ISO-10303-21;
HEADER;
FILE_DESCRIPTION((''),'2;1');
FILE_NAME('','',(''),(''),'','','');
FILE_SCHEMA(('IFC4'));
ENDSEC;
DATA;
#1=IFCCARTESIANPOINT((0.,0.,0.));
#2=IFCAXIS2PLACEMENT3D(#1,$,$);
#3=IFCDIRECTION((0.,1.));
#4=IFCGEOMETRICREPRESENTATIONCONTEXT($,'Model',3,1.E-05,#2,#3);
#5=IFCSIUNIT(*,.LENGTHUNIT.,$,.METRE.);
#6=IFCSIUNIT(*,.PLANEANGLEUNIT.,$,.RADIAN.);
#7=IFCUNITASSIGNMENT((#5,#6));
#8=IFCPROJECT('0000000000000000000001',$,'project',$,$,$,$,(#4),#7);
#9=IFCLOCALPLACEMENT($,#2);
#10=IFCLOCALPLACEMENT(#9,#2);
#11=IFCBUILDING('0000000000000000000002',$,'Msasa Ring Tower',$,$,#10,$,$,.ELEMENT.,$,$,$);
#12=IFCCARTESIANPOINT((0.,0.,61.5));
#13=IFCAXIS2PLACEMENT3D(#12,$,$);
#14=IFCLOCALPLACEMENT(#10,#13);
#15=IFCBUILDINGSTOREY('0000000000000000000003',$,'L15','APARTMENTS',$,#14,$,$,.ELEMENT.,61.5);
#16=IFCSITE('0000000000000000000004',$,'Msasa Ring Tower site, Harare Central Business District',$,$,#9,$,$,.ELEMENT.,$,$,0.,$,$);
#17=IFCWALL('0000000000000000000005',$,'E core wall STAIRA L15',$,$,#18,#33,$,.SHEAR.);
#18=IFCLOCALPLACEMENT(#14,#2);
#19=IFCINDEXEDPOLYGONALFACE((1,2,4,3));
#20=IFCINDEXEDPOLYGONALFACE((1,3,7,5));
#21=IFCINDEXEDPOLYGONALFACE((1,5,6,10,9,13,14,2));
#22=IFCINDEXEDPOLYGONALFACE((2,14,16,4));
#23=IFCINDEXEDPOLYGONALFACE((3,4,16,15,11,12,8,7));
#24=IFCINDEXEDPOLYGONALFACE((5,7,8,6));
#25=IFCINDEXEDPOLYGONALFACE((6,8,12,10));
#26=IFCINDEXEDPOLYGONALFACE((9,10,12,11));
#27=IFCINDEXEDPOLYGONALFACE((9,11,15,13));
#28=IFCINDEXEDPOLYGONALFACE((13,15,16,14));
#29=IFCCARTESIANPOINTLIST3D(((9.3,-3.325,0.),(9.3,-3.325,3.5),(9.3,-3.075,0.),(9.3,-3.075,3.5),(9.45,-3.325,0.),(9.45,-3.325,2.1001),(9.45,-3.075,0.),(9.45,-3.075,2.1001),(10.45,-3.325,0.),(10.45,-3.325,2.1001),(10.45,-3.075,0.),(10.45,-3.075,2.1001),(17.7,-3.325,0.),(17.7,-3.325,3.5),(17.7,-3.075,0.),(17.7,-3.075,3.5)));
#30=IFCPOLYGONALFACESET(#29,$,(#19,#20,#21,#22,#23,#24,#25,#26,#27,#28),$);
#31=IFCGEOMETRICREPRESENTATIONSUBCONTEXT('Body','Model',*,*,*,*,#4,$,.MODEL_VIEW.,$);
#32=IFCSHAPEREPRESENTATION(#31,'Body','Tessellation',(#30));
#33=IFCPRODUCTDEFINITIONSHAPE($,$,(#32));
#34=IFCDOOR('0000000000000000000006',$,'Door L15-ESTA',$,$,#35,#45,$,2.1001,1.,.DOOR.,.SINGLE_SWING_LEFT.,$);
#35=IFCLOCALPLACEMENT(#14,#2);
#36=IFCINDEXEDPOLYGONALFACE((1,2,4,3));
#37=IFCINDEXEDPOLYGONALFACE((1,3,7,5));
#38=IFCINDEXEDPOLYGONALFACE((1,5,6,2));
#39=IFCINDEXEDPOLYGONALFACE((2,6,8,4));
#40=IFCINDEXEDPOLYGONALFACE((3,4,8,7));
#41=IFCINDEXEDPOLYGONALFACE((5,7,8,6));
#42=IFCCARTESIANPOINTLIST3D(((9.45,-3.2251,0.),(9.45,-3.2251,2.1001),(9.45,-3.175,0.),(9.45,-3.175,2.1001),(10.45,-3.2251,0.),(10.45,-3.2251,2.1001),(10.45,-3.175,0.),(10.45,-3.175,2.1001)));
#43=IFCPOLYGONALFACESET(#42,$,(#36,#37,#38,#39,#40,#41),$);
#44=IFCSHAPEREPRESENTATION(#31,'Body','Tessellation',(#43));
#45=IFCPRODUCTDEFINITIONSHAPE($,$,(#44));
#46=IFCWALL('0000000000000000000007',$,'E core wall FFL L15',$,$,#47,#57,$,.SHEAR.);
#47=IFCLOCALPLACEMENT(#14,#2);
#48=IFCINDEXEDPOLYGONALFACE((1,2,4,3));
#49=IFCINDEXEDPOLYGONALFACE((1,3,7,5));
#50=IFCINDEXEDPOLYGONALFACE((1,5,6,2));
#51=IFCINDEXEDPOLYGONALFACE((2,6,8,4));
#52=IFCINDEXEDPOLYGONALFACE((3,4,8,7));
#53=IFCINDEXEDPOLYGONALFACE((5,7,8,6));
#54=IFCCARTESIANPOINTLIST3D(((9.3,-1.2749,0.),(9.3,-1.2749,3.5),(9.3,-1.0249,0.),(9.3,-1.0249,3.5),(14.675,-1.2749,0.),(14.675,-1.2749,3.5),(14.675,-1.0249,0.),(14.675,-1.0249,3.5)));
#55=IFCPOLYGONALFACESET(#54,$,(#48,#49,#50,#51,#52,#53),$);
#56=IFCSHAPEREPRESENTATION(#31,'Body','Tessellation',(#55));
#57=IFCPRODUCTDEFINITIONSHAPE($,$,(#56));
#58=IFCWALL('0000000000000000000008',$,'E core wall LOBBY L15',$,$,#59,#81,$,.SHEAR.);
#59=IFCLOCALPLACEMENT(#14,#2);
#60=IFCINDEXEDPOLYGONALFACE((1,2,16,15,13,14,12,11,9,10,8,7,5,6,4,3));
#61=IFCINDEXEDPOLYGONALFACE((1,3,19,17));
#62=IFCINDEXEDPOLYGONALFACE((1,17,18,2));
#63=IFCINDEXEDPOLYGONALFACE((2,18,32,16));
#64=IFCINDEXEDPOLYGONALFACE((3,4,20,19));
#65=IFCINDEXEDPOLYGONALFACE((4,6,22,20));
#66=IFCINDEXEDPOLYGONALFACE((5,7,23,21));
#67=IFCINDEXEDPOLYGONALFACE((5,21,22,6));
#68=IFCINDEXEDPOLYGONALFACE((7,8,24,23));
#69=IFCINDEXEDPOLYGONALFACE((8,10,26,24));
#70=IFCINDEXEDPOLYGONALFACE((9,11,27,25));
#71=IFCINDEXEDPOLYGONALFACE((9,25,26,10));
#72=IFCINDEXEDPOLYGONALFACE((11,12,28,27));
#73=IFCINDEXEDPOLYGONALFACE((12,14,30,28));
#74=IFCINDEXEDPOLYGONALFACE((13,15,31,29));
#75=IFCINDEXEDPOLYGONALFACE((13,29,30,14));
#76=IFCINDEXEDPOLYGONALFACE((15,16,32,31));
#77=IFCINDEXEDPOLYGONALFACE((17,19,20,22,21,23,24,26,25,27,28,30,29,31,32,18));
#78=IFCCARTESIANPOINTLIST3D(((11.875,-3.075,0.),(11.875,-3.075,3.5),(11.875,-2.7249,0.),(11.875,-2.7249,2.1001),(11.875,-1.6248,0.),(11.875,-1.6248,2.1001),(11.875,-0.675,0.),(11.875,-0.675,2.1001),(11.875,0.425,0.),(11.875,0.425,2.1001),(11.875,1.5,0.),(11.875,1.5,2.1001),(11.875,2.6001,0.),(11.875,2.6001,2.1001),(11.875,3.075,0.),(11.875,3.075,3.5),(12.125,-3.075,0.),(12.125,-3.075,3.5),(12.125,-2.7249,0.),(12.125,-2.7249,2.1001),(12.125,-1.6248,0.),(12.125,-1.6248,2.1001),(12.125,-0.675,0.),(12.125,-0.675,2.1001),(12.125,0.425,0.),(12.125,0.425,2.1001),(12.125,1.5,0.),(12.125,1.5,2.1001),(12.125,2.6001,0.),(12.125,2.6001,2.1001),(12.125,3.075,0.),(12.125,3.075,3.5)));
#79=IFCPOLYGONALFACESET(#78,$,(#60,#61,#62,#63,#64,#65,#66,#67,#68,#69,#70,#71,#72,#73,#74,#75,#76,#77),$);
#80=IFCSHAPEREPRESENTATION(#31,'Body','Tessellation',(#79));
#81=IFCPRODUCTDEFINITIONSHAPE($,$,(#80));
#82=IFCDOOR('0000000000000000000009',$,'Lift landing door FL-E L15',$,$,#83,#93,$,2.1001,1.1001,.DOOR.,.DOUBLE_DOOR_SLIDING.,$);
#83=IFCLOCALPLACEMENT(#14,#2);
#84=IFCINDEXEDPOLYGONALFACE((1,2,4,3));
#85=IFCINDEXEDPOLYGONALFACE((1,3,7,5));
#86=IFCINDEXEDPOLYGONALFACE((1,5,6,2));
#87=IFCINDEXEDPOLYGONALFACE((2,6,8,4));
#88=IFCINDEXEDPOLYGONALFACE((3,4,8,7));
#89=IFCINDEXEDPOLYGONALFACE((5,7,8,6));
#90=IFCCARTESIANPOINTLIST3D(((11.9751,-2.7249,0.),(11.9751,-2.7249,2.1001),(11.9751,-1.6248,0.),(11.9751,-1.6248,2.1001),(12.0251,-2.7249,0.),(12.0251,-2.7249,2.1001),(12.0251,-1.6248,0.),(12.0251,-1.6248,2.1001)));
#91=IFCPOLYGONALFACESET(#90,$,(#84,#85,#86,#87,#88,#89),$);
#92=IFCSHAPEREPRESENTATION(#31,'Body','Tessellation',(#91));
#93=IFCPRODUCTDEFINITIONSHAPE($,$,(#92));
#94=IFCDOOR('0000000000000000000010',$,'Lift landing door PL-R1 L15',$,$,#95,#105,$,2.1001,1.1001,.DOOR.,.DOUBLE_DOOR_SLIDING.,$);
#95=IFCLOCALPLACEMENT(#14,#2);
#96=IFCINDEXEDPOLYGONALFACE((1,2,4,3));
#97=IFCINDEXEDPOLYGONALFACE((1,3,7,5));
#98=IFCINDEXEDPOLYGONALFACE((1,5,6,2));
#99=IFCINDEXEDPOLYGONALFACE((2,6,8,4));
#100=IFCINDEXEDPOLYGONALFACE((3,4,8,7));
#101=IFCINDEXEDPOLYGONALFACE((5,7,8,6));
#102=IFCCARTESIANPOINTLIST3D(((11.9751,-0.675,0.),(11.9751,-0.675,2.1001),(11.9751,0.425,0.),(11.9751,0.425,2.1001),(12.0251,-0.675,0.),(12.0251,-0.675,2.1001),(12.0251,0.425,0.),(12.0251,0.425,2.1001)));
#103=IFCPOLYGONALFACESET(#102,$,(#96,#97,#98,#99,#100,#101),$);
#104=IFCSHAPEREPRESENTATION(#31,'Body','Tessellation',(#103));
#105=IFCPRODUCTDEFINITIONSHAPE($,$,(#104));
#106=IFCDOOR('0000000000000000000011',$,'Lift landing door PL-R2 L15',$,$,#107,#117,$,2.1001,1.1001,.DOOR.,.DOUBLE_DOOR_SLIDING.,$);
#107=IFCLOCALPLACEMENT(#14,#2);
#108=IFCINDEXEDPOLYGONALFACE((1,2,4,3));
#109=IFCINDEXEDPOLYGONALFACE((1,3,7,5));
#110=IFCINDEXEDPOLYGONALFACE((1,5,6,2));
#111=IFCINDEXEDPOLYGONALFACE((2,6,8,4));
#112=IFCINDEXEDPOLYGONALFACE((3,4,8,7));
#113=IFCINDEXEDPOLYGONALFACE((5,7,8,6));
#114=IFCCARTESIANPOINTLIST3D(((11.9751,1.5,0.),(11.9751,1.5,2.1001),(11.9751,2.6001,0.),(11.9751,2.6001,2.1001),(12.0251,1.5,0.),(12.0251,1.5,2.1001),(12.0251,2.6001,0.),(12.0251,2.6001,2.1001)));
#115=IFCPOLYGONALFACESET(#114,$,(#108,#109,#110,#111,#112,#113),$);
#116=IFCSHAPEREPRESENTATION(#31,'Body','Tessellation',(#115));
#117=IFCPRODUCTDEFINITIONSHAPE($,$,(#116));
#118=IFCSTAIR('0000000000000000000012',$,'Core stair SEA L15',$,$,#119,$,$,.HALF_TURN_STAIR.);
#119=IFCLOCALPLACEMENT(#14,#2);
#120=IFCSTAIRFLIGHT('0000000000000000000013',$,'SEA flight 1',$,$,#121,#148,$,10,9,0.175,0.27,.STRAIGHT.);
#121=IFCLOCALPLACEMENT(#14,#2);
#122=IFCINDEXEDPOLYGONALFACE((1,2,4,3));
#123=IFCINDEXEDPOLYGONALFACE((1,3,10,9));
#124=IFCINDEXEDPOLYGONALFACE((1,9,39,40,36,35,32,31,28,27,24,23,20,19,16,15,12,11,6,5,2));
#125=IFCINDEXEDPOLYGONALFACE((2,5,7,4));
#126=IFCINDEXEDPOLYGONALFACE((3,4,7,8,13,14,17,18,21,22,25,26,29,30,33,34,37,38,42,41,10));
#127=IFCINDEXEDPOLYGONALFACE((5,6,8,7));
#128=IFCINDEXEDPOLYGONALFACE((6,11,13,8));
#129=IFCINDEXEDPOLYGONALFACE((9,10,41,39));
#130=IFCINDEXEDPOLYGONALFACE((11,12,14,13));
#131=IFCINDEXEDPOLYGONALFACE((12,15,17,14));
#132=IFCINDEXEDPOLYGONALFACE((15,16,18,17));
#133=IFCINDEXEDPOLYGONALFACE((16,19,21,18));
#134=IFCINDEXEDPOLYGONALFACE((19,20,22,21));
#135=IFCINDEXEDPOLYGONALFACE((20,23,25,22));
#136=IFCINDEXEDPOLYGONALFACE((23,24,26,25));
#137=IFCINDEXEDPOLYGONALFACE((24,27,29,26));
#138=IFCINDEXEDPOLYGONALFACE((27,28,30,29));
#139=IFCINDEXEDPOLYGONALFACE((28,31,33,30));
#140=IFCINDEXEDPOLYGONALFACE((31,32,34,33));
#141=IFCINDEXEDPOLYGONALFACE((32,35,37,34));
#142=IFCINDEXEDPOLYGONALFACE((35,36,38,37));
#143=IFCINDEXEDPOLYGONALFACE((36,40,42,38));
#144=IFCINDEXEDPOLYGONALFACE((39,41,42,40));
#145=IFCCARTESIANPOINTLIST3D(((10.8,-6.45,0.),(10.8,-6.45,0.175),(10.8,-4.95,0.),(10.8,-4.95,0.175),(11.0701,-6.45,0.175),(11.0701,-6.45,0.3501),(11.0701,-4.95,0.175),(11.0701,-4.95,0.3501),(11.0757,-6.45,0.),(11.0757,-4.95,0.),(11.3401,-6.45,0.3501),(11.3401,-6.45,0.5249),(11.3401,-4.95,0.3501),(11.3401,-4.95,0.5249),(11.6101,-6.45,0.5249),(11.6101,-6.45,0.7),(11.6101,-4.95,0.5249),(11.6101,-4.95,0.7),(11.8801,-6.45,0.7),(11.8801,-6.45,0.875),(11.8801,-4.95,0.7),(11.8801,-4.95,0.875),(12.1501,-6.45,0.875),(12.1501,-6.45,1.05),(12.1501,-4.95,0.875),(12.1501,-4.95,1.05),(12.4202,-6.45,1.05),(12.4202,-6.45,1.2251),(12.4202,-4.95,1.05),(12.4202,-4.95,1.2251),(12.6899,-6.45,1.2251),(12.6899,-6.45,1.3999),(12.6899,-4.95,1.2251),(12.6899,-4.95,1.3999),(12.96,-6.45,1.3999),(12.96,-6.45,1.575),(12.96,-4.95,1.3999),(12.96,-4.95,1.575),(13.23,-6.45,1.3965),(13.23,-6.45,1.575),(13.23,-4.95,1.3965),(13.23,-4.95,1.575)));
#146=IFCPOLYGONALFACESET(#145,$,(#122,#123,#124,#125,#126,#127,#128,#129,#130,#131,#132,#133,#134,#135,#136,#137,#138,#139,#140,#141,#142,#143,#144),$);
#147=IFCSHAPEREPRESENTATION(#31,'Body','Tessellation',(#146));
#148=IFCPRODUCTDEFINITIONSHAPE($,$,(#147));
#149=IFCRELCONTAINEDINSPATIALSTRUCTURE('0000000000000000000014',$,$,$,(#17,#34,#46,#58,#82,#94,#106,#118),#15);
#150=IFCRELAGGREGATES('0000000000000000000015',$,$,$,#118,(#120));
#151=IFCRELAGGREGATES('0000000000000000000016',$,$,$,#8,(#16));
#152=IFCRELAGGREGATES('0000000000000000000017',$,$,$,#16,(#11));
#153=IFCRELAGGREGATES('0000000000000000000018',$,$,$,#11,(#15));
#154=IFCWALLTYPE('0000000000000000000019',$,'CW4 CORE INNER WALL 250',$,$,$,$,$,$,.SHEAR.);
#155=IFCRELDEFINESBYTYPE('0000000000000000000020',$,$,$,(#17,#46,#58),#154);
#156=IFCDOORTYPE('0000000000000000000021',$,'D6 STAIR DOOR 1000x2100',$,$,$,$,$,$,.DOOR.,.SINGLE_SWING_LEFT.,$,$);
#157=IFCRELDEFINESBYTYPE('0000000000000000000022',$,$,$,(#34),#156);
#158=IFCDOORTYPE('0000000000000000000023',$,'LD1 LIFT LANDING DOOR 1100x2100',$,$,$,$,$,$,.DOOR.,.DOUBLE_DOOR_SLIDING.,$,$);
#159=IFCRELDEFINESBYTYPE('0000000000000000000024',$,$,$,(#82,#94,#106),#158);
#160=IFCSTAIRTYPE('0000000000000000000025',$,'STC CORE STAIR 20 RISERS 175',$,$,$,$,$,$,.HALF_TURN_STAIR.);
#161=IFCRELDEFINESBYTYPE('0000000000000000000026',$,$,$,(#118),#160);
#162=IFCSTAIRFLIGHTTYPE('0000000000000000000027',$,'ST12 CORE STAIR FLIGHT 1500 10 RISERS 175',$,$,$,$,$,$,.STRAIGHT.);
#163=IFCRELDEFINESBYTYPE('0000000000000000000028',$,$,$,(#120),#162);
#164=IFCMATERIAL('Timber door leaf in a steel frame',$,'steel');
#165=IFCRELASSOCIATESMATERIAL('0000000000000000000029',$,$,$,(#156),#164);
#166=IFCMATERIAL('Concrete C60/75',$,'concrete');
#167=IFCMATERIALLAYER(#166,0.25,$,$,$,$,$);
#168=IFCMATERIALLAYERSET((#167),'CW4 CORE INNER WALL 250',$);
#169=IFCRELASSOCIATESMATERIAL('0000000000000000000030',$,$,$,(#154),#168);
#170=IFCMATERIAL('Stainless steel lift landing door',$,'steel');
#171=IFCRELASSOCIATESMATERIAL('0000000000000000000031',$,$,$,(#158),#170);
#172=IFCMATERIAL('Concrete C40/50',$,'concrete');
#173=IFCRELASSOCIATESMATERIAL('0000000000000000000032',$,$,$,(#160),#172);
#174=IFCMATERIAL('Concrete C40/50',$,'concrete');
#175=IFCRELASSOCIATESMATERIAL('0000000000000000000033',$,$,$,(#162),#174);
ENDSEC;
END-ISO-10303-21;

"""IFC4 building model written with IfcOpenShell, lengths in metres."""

from ifc_helpers import new_model, si_unit, direction, frame, frame_2d, origin, place, context, subcontext, project, spatial, polyline, rectangle, outline, extrude, material, layer, layer_set, type_object, element, fill, aggregate, save


model = new_model("IFC4")

# Units and contexts
model_context = context("Model", 3, precision=1e-05, world=origin(), true_north=direction((0.0, 1.0)))
body_context = subcontext(model_context, "Body", "Model", "MODEL_VIEW")
ifc_project = project(units=[si_unit("LENGTHUNIT", "METRE"), si_unit("PLANEANGLEUNIT", "RADIAN")], contexts=[model_context])

# Site, building, storey
site_placement = place(None, origin())
site = spatial("IfcSite", under=ifc_project, at=site_placement, Name="Msasa Ring Tower site, Harare Central Business District", CompositionType="ELEMENT", RefElevation=0.0)
building_placement = place(site_placement, origin())
building = spatial("IfcBuilding", under=site, at=building_placement, Name="Msasa Ring Tower", CompositionType="ELEMENT")
storey_placement = place(building_placement, frame((0.0, 0.0, 61.5)))
storey = spatial("IfcBuildingStorey", under=building, at=storey_placement, Name="L15", Description="APARTMENTS", CompositionType="ELEMENT", Elevation=61.5)

# Shared definitions
ifc_material_1 = material(Name="Timber door leaf in a steel frame", Category="steel")
door_type_1 = type_object("IfcDoorType", Name="D6 STAIR DOOR 1000x2100", OperationType="SINGLE_SWING_LEFT", PredefinedType="DOOR", material=ifc_material_1)

# Wall, opening, door
ifc_material_2 = material(Name="Concrete C60/75", Category="concrete")
ifc_layer_1 = layer(ifc_material_2, 0.25)
ifc_layer_set_1 = layer_set([ifc_layer_1], Name="CW4 CORE INNER WALL 250")
wall_type_1 = type_object("IfcWallType", Name="CW4 CORE INNER WALL 250", PredefinedType="SHEAR", material=ifc_layer_set_1)
wall_1_placement = place(storey_placement, frame((9.3, -3.2, 0.0), z_axis=(0.0, 0.0, 1.0), x_axis=(1.0, 0.0, 0.0)))
wall_1 = element("IfcWall", 1, at=wall_1_placement, inside=storey, type_object=wall_type_1, Name="E core wall STAIRA L15", PredefinedType="SHEAR", context=body_context, shape_type="SweptSolid", body=[
    extrude(rectangle(XDim=8.3999, YDim=0.25, at=frame_2d((4.2, 0.0))), origin(), (0.0, 0.0, 1.0), 3.5),
])
opening_1_placement = place(wall_1_placement, frame((0.1499, 0.0, 0.0)))
opening_1 = element("IfcOpeningElement", 2, at=opening_1_placement, cuts=wall_1, PredefinedType="OPENING", context=body_context, shape_type="SweptSolid", body=[
    extrude(rectangle(XDim=1.0, YDim=2.1001, at=frame_2d((0.5, 1.05))), frame((0.0, 0.135, 0.0), z_axis=(0.0, -1.0, 0.0), x_axis=(1.0, 0.0, 0.0)), (0.0, 0.0, 1.0), 0.27),
])
door_1_placement = place(opening_1_placement, origin())
door_1 = element("IfcDoor", 3, at=door_1_placement, inside=storey, type_object=door_type_1, Name="Door L15-ESTA", OperationType="SINGLE_SWING_LEFT", OverallHeight=2.1001, OverallWidth=1.0, PredefinedType="DOOR", context=body_context, shape_type="SweptSolid", body=[
    extrude(rectangle(XDim=1.0, YDim=2.1001, at=frame_2d((0.5, 1.05))), frame((0.0, 0.0249, 0.0), z_axis=(0.0, -1.0, 0.0), x_axis=(1.0, 0.0, 0.0)), (0.0, 0.0, 1.0), 0.05),
])
fill(opening_1, door_1)

# Wall
wall_2_placement = place(storey_placement, frame((9.3, -1.1499, 0.0), z_axis=(0.0, 0.0, 1.0), x_axis=(1.0, 0.0, 0.0)))
element("IfcWall", 4, at=wall_2_placement, inside=storey, type_object=wall_type_1, Name="E core wall FFL L15", PredefinedType="SHEAR", context=body_context, shape_type="SweptSolid", body=[
    extrude(rectangle(XDim=5.375, YDim=0.25, at=frame_2d((2.6875, 0.0))), origin(), (0.0, 0.0, 1.0), 3.5),
])

# Wall, openings, doors
wall_3_placement = place(storey_placement, frame((12.0, -3.075, 0.0), z_axis=(0.0, 0.0, 1.0), x_axis=(0.0, 1.0, 0.0)))
wall_3 = element("IfcWall", 5, at=wall_3_placement, inside=storey, type_object=wall_type_1, Name="E core wall LOBBY L15", PredefinedType="SHEAR", context=body_context, shape_type="SweptSolid", body=[
    extrude(rectangle(XDim=6.1499, YDim=0.25, at=frame_2d((3.075, 0.0))), origin(), (0.0, 0.0, 1.0), 3.5),
])
opening_2_placement = place(wall_3_placement, frame((0.3501, 0.0, 0.0)))
opening_2 = element("IfcOpeningElement", 6, at=opening_2_placement, cuts=wall_3, PredefinedType="OPENING", context=body_context, shape_type="SweptSolid", body=[
    extrude(rectangle(XDim=1.1001, YDim=2.1001, at=frame_2d((0.55, 1.05))), frame((0.0, 0.135, 0.0), z_axis=(0.0, -1.0, 0.0), x_axis=(1.0, 0.0, 0.0)), (0.0, 0.0, 1.0), 0.27),
])
opening_3_placement = place(wall_3_placement, frame((2.3999, 0.0, 0.0)))
opening_3 = element("IfcOpeningElement", 7, at=opening_3_placement, cuts=wall_3, PredefinedType="OPENING", context=body_context, shape_type="SweptSolid", body=[
    extrude(rectangle(XDim=1.1001, YDim=2.1001, at=frame_2d((0.55, 1.05))), frame((0.0, 0.135, 0.0), z_axis=(0.0, -1.0, 0.0), x_axis=(1.0, 0.0, 0.0)), (0.0, 0.0, 1.0), 0.27),
])
opening_4_placement = place(wall_3_placement, frame((4.575, 0.0, 0.0)))
opening_4 = element("IfcOpeningElement", 8, at=opening_4_placement, cuts=wall_3, PredefinedType="OPENING", context=body_context, shape_type="SweptSolid", body=[
    extrude(rectangle(XDim=1.1001, YDim=2.1001, at=frame_2d((0.55, 1.05))), frame((0.0, 0.135, 0.0), z_axis=(0.0, -1.0, 0.0), x_axis=(1.0, 0.0, 0.0)), (0.0, 0.0, 1.0), 0.27),
])
ifc_material_3 = material(Name="Stainless steel lift landing door", Category="steel")
door_type_2 = type_object("IfcDoorType", Name="LD1 LIFT LANDING DOOR 1100x2100", OperationType="DOUBLE_DOOR_SLIDING", PredefinedType="DOOR", material=ifc_material_3)
door_2_placement = place(opening_2_placement, origin())
door_2 = element("IfcDoor", 9, at=door_2_placement, inside=storey, type_object=door_type_2, Name="Lift landing door FL-E L15", OperationType="DOUBLE_DOOR_SLIDING", OverallHeight=2.1001, OverallWidth=1.1001, PredefinedType="DOOR", context=body_context, shape_type="SweptSolid", body=[
    extrude(rectangle(XDim=1.1001, YDim=2.1001, at=frame_2d((0.55, 1.05))), frame((0.0, 0.0249, 0.0), z_axis=(0.0, -1.0, 0.0), x_axis=(1.0, 0.0, 0.0)), (0.0, 0.0, 1.0), 0.05),
])
fill(opening_2, door_2)
door_3_placement = place(opening_3_placement, origin())
door_3 = element("IfcDoor", 10, at=door_3_placement, inside=storey, type_object=door_type_2, Name="Lift landing door PL-R1 L15", OperationType="DOUBLE_DOOR_SLIDING", OverallHeight=2.1001, OverallWidth=1.1001, PredefinedType="DOOR", context=body_context, shape_type="SweptSolid", body=[
    extrude(rectangle(XDim=1.1001, YDim=2.1001, at=frame_2d((0.55, 1.05))), frame((0.0, 0.0249, 0.0), z_axis=(0.0, -1.0, 0.0), x_axis=(1.0, 0.0, 0.0)), (0.0, 0.0, 1.0), 0.05),
])
fill(opening_3, door_3)
door_4_placement = place(opening_4_placement, origin())
door_4 = element("IfcDoor", 11, at=door_4_placement, inside=storey, type_object=door_type_2, Name="Lift landing door PL-R2 L15", OperationType="DOUBLE_DOOR_SLIDING", OverallHeight=2.1001, OverallWidth=1.1001, PredefinedType="DOOR", context=body_context, shape_type="SweptSolid", body=[
    extrude(rectangle(XDim=1.1001, YDim=2.1001, at=frame_2d((0.55, 1.05))), frame((0.0, 0.0249, 0.0), z_axis=(0.0, -1.0, 0.0), x_axis=(1.0, 0.0, 0.0)), (0.0, 0.0, 1.0), 0.05),
])
fill(opening_4, door_4)

# Stair, stair flight
ifc_material_4 = material(Name="Concrete C40/50", Category="concrete")
stair_type = type_object("IfcStairType", Name="STC CORE STAIR 20 RISERS 175", PredefinedType="HALF_TURN_STAIR", material=ifc_material_4)
stair_placement = place(storey_placement, origin())
stair = element("IfcStair", 12, at=stair_placement, inside=storey, type_object=stair_type, Name="Core stair SEA L15", PredefinedType="HALF_TURN_STAIR")
ifc_material_5 = material(Name="Concrete C40/50", Category="concrete")
stair_flight_type = type_object("IfcStairFlightType", Name="ST12 CORE STAIR FLIGHT 1500 10 RISERS 175", PredefinedType="STRAIGHT", material=ifc_material_5)
stair_flight_1_placement = place(storey_placement, frame((10.8, -5.7, 0.0), z_axis=(0.0, 0.0, 1.0), x_axis=(1.0, 0.0, 0.0)))
stair_flight_1 = element("IfcStairFlight", 13, at=stair_flight_1_placement, type_object=stair_flight_type, Name="SEA flight 1", NumberOfRisers=10, NumberOfTreads=9, PredefinedType="STRAIGHT", RiserHeight=0.175, TreadLength=0.27, context=body_context, shape_type="SweptSolid", body=[
    extrude(outline(polyline([(0.0, 0.0), (0.0, 0.175), (0.27, 0.175), (0.27, 0.3501), (0.54, 0.3501), (0.54, 0.5249), (0.8101, 0.5249), (0.8101, 0.7), (1.0801, 0.7), (1.0801, 0.875), (1.3501, 0.875), (1.3501, 1.05), (1.6201, 1.05), (1.6201, 1.2251), (1.8899, 1.2251), (1.8899, 1.3999), (2.1599, 1.3999), (2.1599, 1.575), (2.4299, 1.575), (2.4299, 1.75), (2.4299, 1.3965), (0.2756, 0.0), (0.0, 0.0)])), frame((0.0, 0.75, 0.0), z_axis=(0.0, -1.0, 0.0), x_axis=(1.0, 0.0, 0.0)), (0.0, 0.0, 1.0), 1.5),
])
aggregate(stair, [stair_flight_1])

save(model, "model.ifc")
